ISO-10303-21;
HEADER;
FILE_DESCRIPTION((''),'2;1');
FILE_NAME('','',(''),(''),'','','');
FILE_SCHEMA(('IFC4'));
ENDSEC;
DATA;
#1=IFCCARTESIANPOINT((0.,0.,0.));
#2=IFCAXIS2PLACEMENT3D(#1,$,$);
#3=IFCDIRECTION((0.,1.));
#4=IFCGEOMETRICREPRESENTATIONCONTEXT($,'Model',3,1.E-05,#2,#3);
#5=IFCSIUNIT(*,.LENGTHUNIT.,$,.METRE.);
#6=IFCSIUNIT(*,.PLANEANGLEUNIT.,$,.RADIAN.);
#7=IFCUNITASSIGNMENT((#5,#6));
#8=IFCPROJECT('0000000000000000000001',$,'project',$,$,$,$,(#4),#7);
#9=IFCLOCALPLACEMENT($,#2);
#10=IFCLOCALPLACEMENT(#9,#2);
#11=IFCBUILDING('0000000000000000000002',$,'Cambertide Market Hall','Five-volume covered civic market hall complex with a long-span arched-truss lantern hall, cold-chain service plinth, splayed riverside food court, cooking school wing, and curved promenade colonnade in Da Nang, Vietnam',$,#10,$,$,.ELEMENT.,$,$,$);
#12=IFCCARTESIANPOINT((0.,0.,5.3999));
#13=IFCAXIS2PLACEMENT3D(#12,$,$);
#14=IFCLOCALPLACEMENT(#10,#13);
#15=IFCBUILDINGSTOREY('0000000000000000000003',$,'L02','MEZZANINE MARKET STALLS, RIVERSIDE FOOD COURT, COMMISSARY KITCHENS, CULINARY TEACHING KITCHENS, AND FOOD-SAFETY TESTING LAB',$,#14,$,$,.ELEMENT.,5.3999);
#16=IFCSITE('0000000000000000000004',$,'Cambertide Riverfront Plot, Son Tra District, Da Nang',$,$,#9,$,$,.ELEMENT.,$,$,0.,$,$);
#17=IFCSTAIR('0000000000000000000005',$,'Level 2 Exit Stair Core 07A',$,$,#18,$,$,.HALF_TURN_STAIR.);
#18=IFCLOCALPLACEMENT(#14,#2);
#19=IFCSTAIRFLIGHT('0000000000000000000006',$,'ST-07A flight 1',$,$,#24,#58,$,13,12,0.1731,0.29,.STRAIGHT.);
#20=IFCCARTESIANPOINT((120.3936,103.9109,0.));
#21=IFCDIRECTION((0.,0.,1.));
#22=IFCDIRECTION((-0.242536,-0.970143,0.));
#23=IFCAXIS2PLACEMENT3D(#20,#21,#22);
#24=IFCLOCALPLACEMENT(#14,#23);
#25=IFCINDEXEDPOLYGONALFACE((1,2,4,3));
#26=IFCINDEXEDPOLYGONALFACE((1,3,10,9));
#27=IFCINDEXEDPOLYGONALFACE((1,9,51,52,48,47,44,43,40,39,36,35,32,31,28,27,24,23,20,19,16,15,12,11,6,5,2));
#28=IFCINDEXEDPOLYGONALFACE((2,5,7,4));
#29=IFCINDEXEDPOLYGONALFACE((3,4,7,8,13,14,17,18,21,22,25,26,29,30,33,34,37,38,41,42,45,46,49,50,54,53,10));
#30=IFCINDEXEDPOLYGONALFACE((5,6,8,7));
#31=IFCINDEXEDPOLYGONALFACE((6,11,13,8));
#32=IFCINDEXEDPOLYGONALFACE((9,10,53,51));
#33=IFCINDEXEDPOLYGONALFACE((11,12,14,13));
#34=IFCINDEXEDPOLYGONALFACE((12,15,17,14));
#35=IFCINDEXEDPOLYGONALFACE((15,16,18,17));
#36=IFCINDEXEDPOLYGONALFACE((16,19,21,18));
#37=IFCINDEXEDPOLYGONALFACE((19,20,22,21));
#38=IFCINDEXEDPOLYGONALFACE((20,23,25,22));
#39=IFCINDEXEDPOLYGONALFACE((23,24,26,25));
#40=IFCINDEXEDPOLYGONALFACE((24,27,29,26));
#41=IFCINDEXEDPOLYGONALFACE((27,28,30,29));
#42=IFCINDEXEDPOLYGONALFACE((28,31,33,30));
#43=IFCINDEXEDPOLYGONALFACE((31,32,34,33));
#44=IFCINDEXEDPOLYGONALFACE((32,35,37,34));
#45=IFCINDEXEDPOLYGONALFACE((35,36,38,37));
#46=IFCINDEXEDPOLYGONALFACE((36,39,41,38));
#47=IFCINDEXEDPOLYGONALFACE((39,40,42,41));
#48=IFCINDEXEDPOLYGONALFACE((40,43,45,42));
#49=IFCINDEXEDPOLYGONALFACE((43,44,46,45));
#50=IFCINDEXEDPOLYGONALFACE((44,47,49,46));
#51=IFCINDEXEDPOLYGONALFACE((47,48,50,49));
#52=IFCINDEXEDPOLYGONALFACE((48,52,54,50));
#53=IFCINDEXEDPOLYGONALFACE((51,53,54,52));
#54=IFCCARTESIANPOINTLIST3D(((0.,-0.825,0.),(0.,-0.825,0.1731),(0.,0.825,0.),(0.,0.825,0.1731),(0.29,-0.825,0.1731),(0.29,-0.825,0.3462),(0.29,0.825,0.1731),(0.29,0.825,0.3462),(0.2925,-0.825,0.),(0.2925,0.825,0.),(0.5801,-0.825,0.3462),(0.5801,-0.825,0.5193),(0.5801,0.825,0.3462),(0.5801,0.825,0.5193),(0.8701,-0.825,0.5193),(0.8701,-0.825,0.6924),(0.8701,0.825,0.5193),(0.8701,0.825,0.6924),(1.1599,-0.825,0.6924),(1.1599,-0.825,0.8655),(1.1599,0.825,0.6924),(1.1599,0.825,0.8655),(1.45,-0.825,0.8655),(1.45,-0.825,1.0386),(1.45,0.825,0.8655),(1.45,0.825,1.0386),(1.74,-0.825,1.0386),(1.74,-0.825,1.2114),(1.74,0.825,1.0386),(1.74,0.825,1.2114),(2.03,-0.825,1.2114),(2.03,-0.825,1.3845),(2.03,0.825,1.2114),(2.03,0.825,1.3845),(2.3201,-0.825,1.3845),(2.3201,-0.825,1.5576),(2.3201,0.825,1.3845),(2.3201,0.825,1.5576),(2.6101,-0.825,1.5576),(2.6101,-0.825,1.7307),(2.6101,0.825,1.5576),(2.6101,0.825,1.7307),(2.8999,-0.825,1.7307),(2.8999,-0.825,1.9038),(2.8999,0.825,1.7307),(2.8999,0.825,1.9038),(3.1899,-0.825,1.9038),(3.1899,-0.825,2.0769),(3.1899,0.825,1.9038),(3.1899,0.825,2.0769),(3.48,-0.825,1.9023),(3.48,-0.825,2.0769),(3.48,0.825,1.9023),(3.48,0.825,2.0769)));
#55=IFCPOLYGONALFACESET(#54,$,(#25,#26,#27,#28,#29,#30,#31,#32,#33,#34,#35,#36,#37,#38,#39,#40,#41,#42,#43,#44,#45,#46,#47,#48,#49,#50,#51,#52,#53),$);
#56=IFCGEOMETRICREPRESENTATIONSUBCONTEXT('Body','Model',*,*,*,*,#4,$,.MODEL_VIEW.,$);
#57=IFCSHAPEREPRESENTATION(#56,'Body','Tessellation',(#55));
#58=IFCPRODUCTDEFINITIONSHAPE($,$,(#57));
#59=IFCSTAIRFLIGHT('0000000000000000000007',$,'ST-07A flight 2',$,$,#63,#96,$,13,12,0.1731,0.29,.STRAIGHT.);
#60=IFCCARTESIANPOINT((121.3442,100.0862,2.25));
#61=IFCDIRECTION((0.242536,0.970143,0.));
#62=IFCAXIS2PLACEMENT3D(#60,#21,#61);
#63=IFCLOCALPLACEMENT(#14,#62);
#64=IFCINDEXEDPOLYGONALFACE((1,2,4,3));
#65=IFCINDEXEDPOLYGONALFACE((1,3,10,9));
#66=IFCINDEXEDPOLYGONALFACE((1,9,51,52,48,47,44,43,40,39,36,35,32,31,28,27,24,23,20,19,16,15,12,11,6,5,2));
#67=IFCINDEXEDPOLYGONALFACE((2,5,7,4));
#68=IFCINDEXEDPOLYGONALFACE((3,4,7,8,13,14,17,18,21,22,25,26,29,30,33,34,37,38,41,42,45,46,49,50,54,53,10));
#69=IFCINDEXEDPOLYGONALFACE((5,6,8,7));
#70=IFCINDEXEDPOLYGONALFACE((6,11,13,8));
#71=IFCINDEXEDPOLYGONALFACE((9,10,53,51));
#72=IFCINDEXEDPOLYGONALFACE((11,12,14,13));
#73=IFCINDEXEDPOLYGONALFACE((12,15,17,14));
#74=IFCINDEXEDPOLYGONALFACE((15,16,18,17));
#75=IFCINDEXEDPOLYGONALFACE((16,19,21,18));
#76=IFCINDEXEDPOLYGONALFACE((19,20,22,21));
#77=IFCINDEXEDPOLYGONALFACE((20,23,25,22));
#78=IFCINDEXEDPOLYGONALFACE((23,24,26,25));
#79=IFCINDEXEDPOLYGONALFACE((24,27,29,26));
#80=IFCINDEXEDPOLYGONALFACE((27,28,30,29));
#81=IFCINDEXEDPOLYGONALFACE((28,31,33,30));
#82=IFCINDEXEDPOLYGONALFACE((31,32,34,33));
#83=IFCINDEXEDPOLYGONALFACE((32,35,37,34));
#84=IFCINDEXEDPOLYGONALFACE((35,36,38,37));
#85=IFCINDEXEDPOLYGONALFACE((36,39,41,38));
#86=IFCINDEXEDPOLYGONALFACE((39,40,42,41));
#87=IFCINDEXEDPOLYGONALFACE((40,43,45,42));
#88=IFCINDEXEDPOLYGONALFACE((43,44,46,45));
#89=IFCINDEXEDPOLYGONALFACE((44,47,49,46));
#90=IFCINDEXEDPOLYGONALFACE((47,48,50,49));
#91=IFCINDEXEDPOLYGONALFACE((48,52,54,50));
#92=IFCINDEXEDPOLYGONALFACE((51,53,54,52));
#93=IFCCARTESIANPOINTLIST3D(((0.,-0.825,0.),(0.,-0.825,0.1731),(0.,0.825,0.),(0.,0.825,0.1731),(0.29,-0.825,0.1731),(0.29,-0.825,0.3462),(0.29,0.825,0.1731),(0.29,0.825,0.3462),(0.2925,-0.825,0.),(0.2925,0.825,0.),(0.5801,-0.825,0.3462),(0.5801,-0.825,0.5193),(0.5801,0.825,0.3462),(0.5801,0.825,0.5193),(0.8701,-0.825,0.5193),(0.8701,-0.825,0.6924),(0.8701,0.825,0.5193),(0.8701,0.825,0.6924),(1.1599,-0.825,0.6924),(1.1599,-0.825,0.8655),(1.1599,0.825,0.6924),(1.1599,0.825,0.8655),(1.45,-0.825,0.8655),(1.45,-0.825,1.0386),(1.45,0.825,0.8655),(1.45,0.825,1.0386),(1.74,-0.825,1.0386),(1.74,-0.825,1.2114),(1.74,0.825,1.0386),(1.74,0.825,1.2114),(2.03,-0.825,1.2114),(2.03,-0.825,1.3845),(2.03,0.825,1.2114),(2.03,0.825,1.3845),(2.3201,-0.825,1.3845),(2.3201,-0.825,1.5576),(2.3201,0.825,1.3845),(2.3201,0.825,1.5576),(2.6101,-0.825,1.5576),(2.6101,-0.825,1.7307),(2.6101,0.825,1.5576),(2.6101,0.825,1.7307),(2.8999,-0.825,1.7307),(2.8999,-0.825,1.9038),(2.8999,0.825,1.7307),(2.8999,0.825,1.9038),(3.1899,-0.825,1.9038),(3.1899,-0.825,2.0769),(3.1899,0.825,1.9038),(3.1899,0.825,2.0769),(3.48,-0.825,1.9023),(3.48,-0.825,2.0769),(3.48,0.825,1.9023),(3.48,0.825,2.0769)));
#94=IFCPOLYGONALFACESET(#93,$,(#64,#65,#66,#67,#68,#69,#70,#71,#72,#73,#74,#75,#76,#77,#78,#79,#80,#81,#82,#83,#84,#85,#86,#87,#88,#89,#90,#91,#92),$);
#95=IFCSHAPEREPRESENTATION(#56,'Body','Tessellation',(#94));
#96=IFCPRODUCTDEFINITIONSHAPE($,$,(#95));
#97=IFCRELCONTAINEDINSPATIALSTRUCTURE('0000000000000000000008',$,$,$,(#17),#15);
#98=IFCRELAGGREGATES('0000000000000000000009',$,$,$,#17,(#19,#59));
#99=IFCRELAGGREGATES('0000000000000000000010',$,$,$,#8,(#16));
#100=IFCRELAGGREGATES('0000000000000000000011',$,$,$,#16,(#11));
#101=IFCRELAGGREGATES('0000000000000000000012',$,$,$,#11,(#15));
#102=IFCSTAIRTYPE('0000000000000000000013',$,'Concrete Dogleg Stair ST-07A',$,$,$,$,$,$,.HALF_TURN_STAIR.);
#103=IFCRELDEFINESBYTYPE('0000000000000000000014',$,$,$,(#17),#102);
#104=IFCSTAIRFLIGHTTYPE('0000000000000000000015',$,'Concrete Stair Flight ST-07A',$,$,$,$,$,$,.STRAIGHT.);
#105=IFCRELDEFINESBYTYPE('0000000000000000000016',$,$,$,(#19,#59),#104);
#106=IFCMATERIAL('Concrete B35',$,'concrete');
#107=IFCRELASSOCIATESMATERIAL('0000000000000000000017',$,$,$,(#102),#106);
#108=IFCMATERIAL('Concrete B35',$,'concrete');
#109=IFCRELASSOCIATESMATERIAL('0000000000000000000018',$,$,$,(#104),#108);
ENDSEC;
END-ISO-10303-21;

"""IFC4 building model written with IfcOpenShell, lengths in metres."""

from ifc_helpers import new_model, si_unit, direction, frame, origin, place, context, subcontext, project, spatial, polyline, outline, extrude, material, type_object, element, aggregate, save


model = new_model("IFC4")

# Units and contexts
model_context = context("Model", 3, precision=1e-05, world=origin(), true_north=direction((0.0, 1.0)))
body_context = subcontext(model_context, "Body", "Model", "MODEL_VIEW")
ifc_project = project(units=[si_unit("LENGTHUNIT", "METRE"), si_unit("PLANEANGLEUNIT", "RADIAN")], contexts=[model_context])

# Site, building, storey
site_placement = place(None, origin())
site = spatial("IfcSite", under=ifc_project, at=site_placement, Name="Cambertide Riverfront Plot, Son Tra District, Da Nang", CompositionType="ELEMENT", RefElevation=0.0)
building_placement = place(site_placement, origin())
building = spatial("IfcBuilding", under=site, at=building_placement, Name="Cambertide Market Hall", Description="Five-volume covered civic market hall complex with a long-span arched-truss lantern hall, cold-chain service plinth, splayed riverside food court, cooking school wing, and curved promenade colonnade in Da Nang, Vietnam", CompositionType="ELEMENT")
storey_placement = place(building_placement, frame((0.0, 0.0, 5.3999)))
storey = spatial("IfcBuildingStorey", under=building, at=storey_placement, Name="L02", Description="MEZZANINE MARKET STALLS, RIVERSIDE FOOD COURT, COMMISSARY KITCHENS, CULINARY TEACHING KITCHENS, AND FOOD-SAFETY TESTING LAB", CompositionType="ELEMENT", Elevation=5.3999)

# Stair, stair flights
ifc_material_1 = material(Name="Concrete B35", Category="concrete")
stair_type = type_object("IfcStairType", Name="Concrete Dogleg Stair ST-07A", PredefinedType="HALF_TURN_STAIR", material=ifc_material_1)
stair_placement = place(storey_placement, origin())
stair = element("IfcStair", 1, at=stair_placement, inside=storey, type_object=stair_type, Name="Level 2 Exit Stair Core 07A", PredefinedType="HALF_TURN_STAIR")
ifc_material_2 = material(Name="Concrete B35", Category="concrete")
stair_flight_type = type_object("IfcStairFlightType", Name="Concrete Stair Flight ST-07A", PredefinedType="STRAIGHT", material=ifc_material_2)
stair_flight_1_placement = place(storey_placement, frame((120.3936, 103.9109, 0.0), z_axis=(0.0, 0.0, 1.0), x_axis=(-0.242536, -0.970143, 0.0)))
stair_flight_1 = element("IfcStairFlight", 2, at=stair_flight_1_placement, type_object=stair_flight_type, Name="ST-07A flight 1", NumberOfRisers=13, NumberOfTreads=12, PredefinedType="STRAIGHT", RiserHeight=0.1731, TreadLength=0.29, context=body_context, shape_type="SweptSolid", body=[
    extrude(outline(polyline([(0.0, 0.0), (0.0, 0.1731), (0.29, 0.1731), (0.29, 0.3462), (0.5801, 0.3462), (0.5801, 0.5193), (0.8701, 0.5193), (0.8701, 0.6924), (1.1599, 0.6924), (1.1599, 0.8655), (1.45, 0.8655), (1.45, 1.0386), (1.74, 1.0386), (1.74, 1.2114), (2.03, 1.2114), (2.03, 1.3845), (2.3201, 1.3845), (2.3201, 1.5576), (2.6101, 1.5576), (2.6101, 1.7307), (2.8999, 1.7307), (2.8999, 1.9038), (3.1899, 1.9038), (3.1899, 2.0769), (3.48, 2.0769), (3.48, 2.25), (3.48, 1.9023), (0.2925, 0.0), (0.0, 0.0)])), frame((0.0, 0.825, 0.0), z_axis=(0.0, -1.0, 0.0), x_axis=(1.0, 0.0, 0.0)), (0.0, 0.0, 1.0), 1.6499),
])
stair_flight_2_placement = place(storey_placement, frame((121.3442, 100.0862, 2.25), z_axis=(0.0, 0.0, 1.0), x_axis=(0.242536, 0.970143, 0.0)))
stair_flight_2 = element("IfcStairFlight", 3, at=stair_flight_2_placement, type_object=stair_flight_type, Name="ST-07A flight 2", NumberOfRisers=13, NumberOfTreads=12, PredefinedType="STRAIGHT", RiserHeight=0.1731, TreadLength=0.29, context=body_context, shape_type="SweptSolid", body=[
    extrude(outline(polyline([(0.0, 0.0), (0.0, 0.1731), (0.29, 0.1731), (0.29, 0.3462), (0.5801, 0.3462), (0.5801, 0.5193), (0.8701, 0.5193), (0.8701, 0.6924), (1.1599, 0.6924), (1.1599, 0.8655), (1.45, 0.8655), (1.45, 1.0386), (1.74, 1.0386), (1.74, 1.2114), (2.03, 1.2114), (2.03, 1.3845), (2.3201, 1.3845), (2.3201, 1.5576), (2.6101, 1.5576), (2.6101, 1.7307), (2.8999, 1.7307), (2.8999, 1.9038), (3.1899, 1.9038), (3.1899, 2.0769), (3.48, 2.0769), (3.48, 2.25), (3.48, 1.9023), (0.2925, 0.0), (0.0, 0.0)])), frame((0.0, 0.825, 0.0), z_axis=(0.0, -1.0, 0.0), x_axis=(1.0, 0.0, 0.0)), (0.0, 0.0, 1.0), 1.6499),
])
aggregate(stair, [stair_flight_1, stair_flight_2])

save(model, "model.ifc")
